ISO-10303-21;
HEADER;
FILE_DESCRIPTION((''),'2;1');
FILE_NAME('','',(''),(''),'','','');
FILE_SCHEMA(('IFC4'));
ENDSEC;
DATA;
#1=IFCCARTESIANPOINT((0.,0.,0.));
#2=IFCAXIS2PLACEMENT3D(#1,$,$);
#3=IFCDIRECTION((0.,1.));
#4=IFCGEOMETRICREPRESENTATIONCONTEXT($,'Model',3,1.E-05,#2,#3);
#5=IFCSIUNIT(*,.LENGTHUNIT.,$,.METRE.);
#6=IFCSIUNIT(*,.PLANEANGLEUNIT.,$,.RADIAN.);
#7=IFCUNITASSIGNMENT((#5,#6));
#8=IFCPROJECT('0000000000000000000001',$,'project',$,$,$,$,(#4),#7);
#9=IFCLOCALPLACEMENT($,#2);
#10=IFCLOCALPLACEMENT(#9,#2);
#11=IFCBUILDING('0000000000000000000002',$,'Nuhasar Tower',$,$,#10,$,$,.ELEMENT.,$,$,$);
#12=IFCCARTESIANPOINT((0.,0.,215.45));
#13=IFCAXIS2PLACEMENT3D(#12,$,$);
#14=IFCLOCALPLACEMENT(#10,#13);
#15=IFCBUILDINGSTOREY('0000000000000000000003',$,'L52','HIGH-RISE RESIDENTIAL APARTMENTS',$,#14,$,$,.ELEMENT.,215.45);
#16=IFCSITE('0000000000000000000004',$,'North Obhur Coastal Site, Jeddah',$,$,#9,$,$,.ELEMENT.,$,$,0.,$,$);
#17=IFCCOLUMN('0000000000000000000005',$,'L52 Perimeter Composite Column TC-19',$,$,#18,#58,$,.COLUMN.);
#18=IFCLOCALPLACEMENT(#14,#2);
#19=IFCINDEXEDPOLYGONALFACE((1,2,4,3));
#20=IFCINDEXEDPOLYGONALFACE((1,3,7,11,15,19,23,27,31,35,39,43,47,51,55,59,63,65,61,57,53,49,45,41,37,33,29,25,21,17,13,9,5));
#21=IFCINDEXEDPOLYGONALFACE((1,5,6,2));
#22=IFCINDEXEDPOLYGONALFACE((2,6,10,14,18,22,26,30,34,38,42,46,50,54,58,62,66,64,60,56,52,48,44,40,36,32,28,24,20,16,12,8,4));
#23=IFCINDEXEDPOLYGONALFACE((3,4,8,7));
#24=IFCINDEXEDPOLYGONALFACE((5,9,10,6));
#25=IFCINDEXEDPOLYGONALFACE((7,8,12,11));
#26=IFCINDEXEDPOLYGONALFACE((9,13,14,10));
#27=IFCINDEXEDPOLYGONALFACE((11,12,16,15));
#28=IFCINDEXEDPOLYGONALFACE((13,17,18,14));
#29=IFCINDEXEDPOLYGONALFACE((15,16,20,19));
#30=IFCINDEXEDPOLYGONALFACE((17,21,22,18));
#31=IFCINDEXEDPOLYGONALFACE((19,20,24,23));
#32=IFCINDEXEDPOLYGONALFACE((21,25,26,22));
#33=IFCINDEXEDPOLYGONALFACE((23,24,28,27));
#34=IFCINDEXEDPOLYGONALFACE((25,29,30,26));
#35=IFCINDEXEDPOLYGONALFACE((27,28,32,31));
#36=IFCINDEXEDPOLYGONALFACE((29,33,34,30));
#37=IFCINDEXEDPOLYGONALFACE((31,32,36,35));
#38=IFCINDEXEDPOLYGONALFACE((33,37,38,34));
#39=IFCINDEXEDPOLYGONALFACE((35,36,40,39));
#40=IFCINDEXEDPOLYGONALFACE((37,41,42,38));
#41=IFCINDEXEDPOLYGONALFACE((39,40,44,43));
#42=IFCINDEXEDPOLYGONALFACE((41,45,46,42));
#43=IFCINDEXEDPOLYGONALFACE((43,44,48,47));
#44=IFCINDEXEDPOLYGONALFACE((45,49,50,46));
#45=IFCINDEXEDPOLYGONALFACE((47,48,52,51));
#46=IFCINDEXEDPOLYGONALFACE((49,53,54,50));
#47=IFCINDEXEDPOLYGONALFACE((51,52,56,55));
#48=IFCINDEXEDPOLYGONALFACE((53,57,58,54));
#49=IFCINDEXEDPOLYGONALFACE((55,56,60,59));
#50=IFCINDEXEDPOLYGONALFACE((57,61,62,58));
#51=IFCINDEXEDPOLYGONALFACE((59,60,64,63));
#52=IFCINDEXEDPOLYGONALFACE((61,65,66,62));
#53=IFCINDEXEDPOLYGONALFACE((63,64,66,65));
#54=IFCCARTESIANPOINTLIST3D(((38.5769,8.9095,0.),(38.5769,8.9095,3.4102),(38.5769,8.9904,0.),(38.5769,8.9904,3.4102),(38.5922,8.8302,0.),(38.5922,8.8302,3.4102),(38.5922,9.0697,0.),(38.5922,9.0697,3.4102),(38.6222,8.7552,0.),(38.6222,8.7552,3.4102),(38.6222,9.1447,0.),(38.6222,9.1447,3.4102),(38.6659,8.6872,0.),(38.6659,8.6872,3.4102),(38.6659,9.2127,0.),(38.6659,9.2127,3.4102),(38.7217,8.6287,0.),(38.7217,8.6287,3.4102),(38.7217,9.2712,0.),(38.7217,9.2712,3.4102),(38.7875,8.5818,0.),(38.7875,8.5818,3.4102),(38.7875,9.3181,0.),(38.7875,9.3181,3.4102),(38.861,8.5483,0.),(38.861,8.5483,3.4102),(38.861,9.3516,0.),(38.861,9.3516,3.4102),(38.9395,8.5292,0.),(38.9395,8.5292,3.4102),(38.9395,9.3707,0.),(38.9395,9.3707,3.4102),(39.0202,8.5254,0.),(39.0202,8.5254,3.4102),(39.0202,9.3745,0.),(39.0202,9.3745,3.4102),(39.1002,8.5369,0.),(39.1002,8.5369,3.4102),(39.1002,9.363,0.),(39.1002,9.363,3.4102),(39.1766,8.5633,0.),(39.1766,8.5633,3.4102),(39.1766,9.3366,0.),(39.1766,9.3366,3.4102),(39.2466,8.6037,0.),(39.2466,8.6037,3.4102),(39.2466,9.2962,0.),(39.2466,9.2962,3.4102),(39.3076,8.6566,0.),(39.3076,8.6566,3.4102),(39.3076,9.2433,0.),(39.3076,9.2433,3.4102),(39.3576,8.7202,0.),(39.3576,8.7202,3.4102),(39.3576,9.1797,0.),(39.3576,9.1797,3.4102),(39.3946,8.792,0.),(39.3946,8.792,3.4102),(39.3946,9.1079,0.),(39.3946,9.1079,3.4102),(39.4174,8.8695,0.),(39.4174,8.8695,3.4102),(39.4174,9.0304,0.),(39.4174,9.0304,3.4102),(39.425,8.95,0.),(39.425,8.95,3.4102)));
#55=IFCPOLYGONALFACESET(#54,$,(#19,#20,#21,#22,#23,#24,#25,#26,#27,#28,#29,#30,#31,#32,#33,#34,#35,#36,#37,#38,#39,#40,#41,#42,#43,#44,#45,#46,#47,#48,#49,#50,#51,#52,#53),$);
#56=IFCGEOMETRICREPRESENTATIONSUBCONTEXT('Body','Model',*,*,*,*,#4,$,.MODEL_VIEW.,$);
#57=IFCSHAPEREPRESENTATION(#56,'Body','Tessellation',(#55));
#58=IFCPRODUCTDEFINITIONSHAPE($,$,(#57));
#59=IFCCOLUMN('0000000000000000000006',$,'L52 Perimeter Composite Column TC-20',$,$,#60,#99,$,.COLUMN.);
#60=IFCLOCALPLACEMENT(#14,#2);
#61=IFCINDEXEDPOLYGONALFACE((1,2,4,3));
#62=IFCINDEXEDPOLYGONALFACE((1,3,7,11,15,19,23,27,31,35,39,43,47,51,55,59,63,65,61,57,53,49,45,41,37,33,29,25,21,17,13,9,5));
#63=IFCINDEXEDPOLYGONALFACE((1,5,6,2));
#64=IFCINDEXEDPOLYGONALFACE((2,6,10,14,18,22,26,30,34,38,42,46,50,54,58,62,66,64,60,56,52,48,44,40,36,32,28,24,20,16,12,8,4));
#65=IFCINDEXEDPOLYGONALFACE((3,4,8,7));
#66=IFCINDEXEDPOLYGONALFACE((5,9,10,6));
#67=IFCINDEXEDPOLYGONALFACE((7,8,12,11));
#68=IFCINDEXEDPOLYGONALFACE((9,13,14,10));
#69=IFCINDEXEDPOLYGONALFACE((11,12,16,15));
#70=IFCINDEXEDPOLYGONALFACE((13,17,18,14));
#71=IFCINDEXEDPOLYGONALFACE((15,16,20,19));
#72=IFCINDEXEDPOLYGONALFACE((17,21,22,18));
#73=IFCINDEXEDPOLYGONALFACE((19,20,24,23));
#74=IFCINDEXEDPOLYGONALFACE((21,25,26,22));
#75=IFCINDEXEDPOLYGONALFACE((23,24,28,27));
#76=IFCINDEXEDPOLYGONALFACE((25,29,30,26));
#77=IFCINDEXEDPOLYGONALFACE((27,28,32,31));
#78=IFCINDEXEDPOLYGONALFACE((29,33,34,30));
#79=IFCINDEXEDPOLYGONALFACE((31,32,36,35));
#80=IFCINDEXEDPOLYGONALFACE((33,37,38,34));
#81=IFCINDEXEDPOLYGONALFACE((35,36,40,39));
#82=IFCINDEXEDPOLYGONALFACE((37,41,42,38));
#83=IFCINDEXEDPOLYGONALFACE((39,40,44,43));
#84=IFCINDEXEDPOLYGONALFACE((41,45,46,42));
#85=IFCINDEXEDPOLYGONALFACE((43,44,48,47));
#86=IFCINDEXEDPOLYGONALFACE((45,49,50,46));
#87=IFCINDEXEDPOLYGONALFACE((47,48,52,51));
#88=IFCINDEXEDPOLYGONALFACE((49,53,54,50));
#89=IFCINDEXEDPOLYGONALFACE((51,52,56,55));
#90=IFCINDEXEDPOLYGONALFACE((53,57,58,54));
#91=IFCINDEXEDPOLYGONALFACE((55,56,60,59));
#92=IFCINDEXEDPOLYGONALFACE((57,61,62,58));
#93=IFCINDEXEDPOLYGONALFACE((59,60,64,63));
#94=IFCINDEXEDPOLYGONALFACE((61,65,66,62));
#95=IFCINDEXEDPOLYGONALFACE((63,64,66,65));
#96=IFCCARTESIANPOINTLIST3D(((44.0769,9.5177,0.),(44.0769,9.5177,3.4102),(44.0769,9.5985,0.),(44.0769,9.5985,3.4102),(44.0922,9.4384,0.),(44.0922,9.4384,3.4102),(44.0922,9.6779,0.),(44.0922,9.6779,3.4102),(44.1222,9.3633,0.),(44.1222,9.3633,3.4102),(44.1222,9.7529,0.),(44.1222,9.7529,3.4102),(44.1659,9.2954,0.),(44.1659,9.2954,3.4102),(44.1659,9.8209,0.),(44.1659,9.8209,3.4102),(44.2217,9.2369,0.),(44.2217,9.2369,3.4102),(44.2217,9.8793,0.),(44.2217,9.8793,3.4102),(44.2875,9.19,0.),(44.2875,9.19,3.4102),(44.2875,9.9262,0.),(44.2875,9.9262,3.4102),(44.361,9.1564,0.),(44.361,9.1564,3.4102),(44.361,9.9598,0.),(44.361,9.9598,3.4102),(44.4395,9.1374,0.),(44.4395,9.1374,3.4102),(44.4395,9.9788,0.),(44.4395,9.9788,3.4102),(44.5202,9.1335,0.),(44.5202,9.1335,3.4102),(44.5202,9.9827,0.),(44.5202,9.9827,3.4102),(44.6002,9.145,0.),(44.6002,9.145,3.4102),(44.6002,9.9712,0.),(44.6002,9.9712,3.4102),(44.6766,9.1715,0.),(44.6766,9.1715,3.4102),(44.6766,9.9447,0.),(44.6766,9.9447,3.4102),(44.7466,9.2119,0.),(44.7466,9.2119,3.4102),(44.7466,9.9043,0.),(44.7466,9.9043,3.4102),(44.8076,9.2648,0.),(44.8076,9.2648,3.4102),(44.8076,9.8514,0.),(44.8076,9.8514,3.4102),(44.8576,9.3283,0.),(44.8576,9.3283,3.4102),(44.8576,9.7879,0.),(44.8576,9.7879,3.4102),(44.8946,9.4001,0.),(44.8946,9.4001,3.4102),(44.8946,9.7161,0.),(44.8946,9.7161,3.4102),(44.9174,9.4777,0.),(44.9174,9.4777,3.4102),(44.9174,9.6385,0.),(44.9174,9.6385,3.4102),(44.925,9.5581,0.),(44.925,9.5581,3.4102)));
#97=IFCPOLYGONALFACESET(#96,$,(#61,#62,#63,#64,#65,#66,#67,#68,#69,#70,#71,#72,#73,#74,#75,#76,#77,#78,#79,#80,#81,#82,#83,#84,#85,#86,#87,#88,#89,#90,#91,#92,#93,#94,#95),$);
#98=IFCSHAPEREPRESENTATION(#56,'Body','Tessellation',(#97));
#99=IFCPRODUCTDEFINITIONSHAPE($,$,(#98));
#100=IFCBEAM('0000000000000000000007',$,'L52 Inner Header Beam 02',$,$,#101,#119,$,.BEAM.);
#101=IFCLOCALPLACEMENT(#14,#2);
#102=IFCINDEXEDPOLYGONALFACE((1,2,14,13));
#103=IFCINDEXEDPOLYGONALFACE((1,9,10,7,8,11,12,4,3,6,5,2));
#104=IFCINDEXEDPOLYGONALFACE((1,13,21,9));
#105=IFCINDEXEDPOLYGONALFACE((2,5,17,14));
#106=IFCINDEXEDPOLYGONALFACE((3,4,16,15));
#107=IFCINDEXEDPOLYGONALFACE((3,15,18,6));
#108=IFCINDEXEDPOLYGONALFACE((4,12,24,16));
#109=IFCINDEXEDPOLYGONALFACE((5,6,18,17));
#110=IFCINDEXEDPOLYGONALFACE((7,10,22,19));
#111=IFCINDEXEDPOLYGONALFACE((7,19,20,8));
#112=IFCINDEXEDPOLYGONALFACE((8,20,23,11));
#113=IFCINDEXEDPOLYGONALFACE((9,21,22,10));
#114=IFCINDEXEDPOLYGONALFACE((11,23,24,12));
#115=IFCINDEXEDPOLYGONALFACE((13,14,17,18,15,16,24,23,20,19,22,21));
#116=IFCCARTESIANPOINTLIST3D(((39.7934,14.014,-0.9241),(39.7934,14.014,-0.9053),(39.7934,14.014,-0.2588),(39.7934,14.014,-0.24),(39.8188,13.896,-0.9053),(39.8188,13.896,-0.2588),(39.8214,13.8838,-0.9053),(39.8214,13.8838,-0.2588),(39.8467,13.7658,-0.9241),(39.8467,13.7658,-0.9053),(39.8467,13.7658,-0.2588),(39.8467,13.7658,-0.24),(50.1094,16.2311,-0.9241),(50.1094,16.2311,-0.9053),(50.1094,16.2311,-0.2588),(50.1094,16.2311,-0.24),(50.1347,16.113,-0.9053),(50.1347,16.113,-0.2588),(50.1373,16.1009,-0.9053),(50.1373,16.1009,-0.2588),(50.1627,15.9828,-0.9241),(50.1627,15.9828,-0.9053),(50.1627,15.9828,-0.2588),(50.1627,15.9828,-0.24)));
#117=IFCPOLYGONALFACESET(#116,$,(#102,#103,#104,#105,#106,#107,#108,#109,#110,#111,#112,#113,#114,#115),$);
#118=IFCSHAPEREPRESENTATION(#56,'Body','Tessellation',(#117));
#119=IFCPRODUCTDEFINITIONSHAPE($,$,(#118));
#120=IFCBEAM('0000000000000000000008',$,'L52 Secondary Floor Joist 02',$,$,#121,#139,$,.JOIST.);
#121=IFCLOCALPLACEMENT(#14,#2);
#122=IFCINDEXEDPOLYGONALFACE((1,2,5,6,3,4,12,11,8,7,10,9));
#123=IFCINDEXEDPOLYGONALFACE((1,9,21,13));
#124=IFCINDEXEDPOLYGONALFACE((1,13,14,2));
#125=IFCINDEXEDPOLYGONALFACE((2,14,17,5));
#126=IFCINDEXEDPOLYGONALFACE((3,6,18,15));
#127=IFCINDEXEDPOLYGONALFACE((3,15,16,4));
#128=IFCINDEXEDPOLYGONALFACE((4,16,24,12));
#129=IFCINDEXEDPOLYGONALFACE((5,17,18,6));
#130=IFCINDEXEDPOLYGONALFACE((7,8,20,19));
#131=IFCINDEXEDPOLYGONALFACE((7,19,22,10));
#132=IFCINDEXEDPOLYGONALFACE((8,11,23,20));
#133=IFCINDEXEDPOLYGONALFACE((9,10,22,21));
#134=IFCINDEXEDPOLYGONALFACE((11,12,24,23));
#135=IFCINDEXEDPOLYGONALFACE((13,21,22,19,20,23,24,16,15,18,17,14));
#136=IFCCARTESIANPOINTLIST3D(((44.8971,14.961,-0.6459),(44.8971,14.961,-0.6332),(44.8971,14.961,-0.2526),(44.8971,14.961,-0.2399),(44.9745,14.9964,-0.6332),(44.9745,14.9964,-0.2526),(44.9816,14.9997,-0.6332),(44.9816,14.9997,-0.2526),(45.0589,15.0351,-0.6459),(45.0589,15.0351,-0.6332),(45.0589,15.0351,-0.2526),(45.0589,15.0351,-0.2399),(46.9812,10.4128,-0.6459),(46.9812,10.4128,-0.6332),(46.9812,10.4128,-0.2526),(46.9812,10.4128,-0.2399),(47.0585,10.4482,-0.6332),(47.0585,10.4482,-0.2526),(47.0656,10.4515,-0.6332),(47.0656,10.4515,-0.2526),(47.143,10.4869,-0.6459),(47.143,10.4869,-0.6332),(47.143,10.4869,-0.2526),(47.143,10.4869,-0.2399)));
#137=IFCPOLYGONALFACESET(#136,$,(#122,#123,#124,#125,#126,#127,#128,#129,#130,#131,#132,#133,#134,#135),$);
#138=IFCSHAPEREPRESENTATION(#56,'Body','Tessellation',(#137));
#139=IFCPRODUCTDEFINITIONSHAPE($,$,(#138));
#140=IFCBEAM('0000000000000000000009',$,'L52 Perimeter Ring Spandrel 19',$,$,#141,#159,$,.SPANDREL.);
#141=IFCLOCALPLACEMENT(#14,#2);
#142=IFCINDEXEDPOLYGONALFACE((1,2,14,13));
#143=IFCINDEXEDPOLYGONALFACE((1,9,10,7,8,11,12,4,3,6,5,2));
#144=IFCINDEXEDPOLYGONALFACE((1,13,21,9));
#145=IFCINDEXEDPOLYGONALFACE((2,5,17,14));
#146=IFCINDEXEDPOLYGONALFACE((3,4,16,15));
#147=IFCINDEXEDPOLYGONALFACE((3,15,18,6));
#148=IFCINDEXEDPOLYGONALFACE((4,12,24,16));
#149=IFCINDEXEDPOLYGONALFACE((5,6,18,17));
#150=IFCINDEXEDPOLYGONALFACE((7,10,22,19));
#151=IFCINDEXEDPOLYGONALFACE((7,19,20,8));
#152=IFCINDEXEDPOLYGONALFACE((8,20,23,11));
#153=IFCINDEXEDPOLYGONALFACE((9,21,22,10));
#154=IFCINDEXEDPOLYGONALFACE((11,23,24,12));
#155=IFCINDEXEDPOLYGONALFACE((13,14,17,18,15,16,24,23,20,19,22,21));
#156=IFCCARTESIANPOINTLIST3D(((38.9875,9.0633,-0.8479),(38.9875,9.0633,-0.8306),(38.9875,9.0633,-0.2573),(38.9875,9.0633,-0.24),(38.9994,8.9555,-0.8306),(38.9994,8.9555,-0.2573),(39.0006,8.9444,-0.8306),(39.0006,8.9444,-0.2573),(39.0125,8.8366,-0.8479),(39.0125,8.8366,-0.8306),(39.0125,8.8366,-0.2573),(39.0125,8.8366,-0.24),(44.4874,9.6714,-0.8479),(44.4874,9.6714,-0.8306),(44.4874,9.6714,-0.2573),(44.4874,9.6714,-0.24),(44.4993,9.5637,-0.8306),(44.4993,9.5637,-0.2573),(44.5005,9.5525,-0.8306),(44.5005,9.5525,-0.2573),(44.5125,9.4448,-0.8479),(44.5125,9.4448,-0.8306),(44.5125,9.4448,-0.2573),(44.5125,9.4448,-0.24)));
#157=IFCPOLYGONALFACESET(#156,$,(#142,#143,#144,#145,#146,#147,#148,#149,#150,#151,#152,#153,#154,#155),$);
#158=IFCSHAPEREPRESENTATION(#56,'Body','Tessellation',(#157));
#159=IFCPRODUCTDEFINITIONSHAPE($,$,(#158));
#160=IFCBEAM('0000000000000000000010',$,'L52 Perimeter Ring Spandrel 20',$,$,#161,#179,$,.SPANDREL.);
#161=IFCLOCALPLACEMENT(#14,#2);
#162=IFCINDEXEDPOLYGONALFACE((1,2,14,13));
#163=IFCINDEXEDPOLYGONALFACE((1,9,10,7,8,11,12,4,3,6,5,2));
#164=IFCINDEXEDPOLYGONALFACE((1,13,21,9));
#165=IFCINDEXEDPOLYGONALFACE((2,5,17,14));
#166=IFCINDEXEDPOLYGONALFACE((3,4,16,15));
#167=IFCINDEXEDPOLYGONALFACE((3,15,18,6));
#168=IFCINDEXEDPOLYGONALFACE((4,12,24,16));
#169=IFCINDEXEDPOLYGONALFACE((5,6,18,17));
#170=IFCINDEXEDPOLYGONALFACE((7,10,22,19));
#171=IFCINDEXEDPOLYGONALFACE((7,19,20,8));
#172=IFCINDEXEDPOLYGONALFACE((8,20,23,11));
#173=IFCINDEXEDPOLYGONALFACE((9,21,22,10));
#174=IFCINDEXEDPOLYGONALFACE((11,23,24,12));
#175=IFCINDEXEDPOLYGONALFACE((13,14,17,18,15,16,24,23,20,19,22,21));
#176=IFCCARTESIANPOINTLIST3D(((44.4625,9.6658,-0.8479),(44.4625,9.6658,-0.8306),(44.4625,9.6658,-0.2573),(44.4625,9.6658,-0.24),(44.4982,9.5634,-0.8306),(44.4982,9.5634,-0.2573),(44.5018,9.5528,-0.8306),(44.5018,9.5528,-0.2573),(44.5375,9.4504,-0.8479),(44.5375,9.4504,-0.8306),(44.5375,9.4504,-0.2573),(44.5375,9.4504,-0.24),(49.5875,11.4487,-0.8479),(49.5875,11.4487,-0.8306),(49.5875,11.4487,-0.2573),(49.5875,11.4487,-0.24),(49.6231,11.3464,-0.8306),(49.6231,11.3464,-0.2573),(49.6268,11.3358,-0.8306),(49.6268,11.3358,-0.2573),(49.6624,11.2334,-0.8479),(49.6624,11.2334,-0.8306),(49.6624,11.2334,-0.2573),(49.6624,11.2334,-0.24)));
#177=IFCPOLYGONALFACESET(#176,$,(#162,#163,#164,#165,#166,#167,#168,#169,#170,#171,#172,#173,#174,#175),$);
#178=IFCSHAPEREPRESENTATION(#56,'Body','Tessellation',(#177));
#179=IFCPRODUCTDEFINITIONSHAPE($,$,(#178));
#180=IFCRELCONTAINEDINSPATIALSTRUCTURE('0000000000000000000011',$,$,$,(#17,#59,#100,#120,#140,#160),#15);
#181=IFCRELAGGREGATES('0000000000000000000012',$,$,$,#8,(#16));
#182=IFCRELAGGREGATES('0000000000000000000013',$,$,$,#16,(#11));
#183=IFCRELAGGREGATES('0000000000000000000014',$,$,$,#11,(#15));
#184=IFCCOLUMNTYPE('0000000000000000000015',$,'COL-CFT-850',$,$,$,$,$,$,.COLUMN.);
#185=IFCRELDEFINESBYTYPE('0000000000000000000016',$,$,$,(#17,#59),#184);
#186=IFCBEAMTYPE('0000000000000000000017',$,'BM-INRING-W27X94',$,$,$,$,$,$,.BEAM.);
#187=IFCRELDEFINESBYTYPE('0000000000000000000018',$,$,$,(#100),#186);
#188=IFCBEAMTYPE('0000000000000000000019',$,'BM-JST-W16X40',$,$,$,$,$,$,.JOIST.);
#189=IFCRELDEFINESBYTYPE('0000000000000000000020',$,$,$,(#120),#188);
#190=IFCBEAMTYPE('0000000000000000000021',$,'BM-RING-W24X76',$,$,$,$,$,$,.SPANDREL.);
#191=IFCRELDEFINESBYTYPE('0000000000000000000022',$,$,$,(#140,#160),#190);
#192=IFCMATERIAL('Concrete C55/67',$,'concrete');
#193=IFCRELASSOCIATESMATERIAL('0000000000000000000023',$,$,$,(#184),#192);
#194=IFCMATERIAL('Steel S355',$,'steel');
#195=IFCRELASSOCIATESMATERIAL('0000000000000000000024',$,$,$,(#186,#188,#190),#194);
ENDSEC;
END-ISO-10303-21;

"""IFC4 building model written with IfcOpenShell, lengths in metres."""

from ifc_helpers import new_model, si_unit, direction, frame, origin, origin_2d, place, context, subcontext, project, spatial, circle, i_section, extrude, material, material_profile, profile_set, type_object, element, save


model = new_model("IFC4")

# Units and contexts
model_context = context("Model", 3, precision=1e-05, world=origin(), true_north=direction((0.0, 1.0)))
body_context = subcontext(model_context, "Body", "Model", "MODEL_VIEW")
ifc_project = project(units=[si_unit("LENGTHUNIT", "METRE"), si_unit("PLANEANGLEUNIT", "RADIAN")], contexts=[model_context])

# Site, building, storey
site_placement = place(None, origin())
site = spatial("IfcSite", under=ifc_project, at=site_placement, Name="North Obhur Coastal Site, Jeddah", CompositionType="ELEMENT", RefElevation=0.0)
building_placement = place(site_placement, origin())
building = spatial("IfcBuilding", under=site, at=building_placement, Name="Nuhasar Tower", CompositionType="ELEMENT")
storey_placement = place(building_placement, frame((0.0, 0.0, 215.45)))
storey = spatial("IfcBuildingStorey", under=building, at=storey_placement, Name="L52", Description="HIGH-RISE RESIDENTIAL APARTMENTS", CompositionType="ELEMENT", Elevation=215.45)

# Columns
ifc_material_1 = material(Name="Concrete C55/67", Category="concrete")
ifc_material_profile_1 = material_profile(ifc_material_1, circle(Radius=0.425, at=origin_2d()), Name="CFT850")
ifc_profile_set_1 = profile_set([ifc_material_profile_1], Name="Concrete C55/67")
column_type = type_object("IfcColumnType", Name="COL-CFT-850", PredefinedType="COLUMN", material=ifc_profile_set_1)
for number, where, z_axis, x_axis, name in (
    (1, (39.0, 8.95, 0.0), (0.0, 0.0, 1.0), (1.0, 0.0, 0.0), "L52 Perimeter Composite Column TC-19"),
    (2, (44.5, 9.5581, 0.0), (0.0, 0.0, 1.0), (1.0, 0.0, 0.0), "L52 Perimeter Composite Column TC-20"),
):
    element("IfcColumn", number, at=place(storey_placement, frame(where, z_axis=z_axis, x_axis=x_axis)), inside=storey, type_object=column_type, Name=name, PredefinedType="COLUMN", context=body_context, shape_type="SweptSolid", body=[
        extrude(circle(Radius=0.425, at=origin_2d()), origin(), (0.0, 0.0, 1.0), 3.4102),
    ])

# Beams
ifc_material_2 = material(Name="Steel S355", Category="steel")
ifc_material_profile_2 = material_profile(ifc_material_2, i_section(OverallWidth=0.2539, OverallDepth=0.6841, WebThickness=0.0125, FlangeThickness=0.0188, at=origin_2d()), Name="W27X94")
ifc_profile_set_2 = profile_set([ifc_material_profile_2], Name="Steel S355")
beam_type_1 = type_object("IfcBeamType", Name="BM-INRING-W27X94", PredefinedType="BEAM", material=ifc_profile_set_2)
beam_1_placement = place(storey_placement, frame((39.8201, 13.8899, -0.582), z_axis=(0.977676, 0.210117, 0.0), x_axis=(-0.210117, 0.977676, 0.0)))
element("IfcBeam", 3, at=beam_1_placement, inside=storey, type_object=beam_type_1, Name="L52 Inner Header Beam 02", PredefinedType="BEAM", context=body_context, shape_type="SweptSolid", body=[
    extrude(i_section(OverallWidth=0.2539, OverallDepth=0.6841, WebThickness=0.0125, FlangeThickness=0.0188, at=origin_2d()), origin(), (0.0, 0.0, 1.0), 10.5515),
])
ifc_material_profile_3 = material_profile(ifc_material_2, i_section(OverallWidth=0.178, OverallDepth=0.406, WebThickness=0.0078, FlangeThickness=0.0127, at=origin_2d()), Name="W16X40")
ifc_profile_set_3 = profile_set([ifc_material_profile_3], Name="Steel S355")
beam_type_2 = type_object("IfcBeamType", Name="BM-JST-W16X40", PredefinedType="JOIST", material=ifc_profile_set_3)
beam_2_placement = place(storey_placement, frame((44.978, 14.998, -0.4429), z_axis=(0.416562, -0.909107, 0.0), x_axis=(0.909107, 0.416562, 0.0)))
element("IfcBeam", 4, at=beam_2_placement, inside=storey, type_object=beam_type_2, Name="L52 Secondary Floor Joist 02", PredefinedType="JOIST", context=body_context, shape_type="SweptSolid", body=[
    extrude(i_section(OverallWidth=0.178, OverallDepth=0.406, WebThickness=0.0078, FlangeThickness=0.0127, at=origin_2d()), origin(), (0.0, 0.0, 1.0), 5.0029),
])
ifc_material_profile_4 = material_profile(ifc_material_2, i_section(OverallWidth=0.228, OverallDepth=0.6079, WebThickness=0.0112, FlangeThickness=0.0173, at=origin_2d()), Name="W24X76")
ifc_profile_set_4 = profile_set([ifc_material_profile_4], Name="Steel S355")
beam_type_3 = type_object("IfcBeamType", Name="BM-RING-W24X76", PredefinedType="SPANDREL", material=ifc_profile_set_4)
beam_3_placement = place(storey_placement, frame((39.0, 8.95, -0.5439), z_axis=(0.993942, 0.109904, 0.0), x_axis=(-0.109904, 0.993942, 0.0)))
element("IfcBeam", 5, at=beam_3_placement, inside=storey, type_object=beam_type_3, Name="L52 Perimeter Ring Spandrel 19", PredefinedType="SPANDREL", context=body_context, shape_type="SweptSolid", body=[
    extrude(i_section(OverallWidth=0.228, OverallDepth=0.6079, WebThickness=0.0112, FlangeThickness=0.0173, at=origin_2d()), origin(), (0.0, 0.0, 1.0), 5.5334),
])
beam_4_placement = place(storey_placement, frame((44.5, 9.5581, -0.5439), z_axis=(0.944477, 0.328578, 0.0), x_axis=(-0.328578, 0.944477, 0.0)))
element("IfcBeam", 6, at=beam_4_placement, inside=storey, type_object=beam_type_3, Name="L52 Perimeter Ring Spandrel 20", PredefinedType="SPANDREL", context=body_context, shape_type="SweptSolid", body=[
    extrude(i_section(OverallWidth=0.228, OverallDepth=0.6079, WebThickness=0.0112, FlangeThickness=0.0173, at=origin_2d()), origin(), (0.0, 0.0, 1.0), 5.4263),
])

save(model, "model.ifc")
